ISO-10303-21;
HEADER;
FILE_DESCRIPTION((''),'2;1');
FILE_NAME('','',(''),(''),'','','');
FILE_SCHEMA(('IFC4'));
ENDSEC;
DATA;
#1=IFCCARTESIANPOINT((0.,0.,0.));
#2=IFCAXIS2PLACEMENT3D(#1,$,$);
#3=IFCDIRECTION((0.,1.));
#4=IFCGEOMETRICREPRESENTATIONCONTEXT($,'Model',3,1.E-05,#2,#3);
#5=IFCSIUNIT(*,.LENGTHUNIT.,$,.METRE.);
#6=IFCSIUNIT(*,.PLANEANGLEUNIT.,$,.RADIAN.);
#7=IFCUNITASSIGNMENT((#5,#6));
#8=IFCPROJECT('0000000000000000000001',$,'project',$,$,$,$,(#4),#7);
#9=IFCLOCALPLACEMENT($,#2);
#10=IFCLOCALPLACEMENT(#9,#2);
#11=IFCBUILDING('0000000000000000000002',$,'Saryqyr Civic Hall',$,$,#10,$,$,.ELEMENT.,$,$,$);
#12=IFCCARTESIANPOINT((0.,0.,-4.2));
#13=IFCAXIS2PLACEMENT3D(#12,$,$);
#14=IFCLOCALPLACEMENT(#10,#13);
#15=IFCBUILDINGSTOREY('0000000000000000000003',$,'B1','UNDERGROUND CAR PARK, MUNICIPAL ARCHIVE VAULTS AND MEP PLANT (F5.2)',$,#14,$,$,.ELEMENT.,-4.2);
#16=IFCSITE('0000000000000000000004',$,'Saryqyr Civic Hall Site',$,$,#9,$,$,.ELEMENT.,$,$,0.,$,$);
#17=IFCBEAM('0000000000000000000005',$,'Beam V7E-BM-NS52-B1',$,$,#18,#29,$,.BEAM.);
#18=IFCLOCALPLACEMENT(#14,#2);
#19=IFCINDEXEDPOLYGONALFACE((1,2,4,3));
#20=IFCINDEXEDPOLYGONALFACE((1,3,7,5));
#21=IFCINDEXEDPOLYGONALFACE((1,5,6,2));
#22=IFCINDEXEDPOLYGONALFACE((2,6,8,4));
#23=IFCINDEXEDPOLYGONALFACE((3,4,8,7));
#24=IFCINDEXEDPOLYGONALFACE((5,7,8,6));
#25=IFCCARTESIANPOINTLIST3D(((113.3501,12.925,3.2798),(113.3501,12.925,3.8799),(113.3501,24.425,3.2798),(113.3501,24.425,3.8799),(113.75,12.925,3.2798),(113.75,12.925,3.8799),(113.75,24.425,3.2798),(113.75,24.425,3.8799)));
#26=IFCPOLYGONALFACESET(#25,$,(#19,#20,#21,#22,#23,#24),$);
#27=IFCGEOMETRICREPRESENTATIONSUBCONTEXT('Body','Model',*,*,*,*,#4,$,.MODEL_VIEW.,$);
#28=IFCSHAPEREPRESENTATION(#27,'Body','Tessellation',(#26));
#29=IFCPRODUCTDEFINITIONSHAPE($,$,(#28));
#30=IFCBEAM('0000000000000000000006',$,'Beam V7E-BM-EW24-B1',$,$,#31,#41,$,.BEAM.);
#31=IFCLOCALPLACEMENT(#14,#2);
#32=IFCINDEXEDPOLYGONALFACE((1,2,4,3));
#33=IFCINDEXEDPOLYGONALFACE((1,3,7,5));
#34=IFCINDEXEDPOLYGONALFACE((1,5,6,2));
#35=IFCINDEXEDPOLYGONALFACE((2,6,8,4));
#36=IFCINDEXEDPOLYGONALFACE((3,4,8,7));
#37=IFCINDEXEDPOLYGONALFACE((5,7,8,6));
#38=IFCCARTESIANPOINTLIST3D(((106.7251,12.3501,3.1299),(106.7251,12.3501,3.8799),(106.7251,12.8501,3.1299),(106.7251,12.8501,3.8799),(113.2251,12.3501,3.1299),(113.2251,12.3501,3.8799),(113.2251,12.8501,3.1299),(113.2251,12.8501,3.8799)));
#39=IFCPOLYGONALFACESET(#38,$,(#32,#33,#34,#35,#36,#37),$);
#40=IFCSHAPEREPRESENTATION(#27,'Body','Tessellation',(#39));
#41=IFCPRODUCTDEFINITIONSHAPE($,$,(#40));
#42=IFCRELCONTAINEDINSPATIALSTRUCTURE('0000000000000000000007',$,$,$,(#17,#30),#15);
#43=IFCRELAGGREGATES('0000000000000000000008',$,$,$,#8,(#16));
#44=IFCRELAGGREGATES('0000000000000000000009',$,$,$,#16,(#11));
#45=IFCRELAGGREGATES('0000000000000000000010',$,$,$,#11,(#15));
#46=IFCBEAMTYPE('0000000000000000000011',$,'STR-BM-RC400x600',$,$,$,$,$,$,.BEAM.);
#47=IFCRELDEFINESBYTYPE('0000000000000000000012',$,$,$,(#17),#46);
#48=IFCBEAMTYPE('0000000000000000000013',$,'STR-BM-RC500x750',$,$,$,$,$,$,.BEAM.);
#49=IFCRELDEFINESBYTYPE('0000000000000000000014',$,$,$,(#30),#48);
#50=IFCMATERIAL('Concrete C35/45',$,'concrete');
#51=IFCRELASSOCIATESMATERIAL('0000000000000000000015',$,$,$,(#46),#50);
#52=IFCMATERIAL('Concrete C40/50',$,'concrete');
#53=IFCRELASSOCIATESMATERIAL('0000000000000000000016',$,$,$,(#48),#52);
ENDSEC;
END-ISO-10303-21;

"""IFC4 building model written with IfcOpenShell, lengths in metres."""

from ifc_helpers import new_model, si_unit, direction, frame, origin, origin_2d, place, context, subcontext, project, spatial, rectangle, extrude, material, material_profile, profile_set, type_object, element, save


model = new_model("IFC4")

# Units and contexts
model_context = context("Model", 3, precision=1e-05, world=origin(), true_north=direction((0.0, 1.0)))
body_context = subcontext(model_context, "Body", "Model", "MODEL_VIEW")
ifc_project = project(units=[si_unit("LENGTHUNIT", "METRE"), si_unit("PLANEANGLEUNIT", "RADIAN")], contexts=[model_context])

# Site, building, storey
site_placement = place(None, origin())
site = spatial("IfcSite", under=ifc_project, at=site_placement, Name="Saryqyr Civic Hall Site", CompositionType="ELEMENT", RefElevation=0.0)
building_placement = place(site_placement, origin())
building = spatial("IfcBuilding", under=site, at=building_placement, Name="Saryqyr Civic Hall", CompositionType="ELEMENT")
storey_placement = place(building_placement, frame((0.0, 0.0, -4.2)))
storey = spatial("IfcBuildingStorey", under=building, at=storey_placement, Name="B1", Description="UNDERGROUND CAR PARK, MUNICIPAL ARCHIVE VAULTS AND MEP PLANT (F5.2)", CompositionType="ELEMENT", Elevation=-4.2)

# Shared definitions
ifc_material_1 = material(Name="Concrete C35/45", Category="concrete")

# Shared definitions
ifc_material_2 = material(Name="Concrete C40/50", Category="concrete")

# Beams
ifc_material_profile_1 = material_profile(ifc_material_1, rectangle(XDim=0.3999, YDim=0.6001, at=origin_2d()), Name="RC 400x600")
ifc_profile_set_1 = profile_set([ifc_material_profile_1], Name="Concrete C35/45")
beam_type_1 = type_object("IfcBeamType", Name="STR-BM-RC400x600", PredefinedType="BEAM", material=ifc_profile_set_1)
for number, where, z_axis, x_axis, name in (
    (1, (113.55, 12.925, 3.5798), (0.0, 1.0, 0.0), (-1.0, 0.0, 0.0), "Beam V7E-BM-NS52-B1"),
):
    element("IfcBeam", number, at=place(storey_placement, frame(where, z_axis=z_axis, x_axis=x_axis)), inside=storey, type_object=beam_type_1, Name=name, PredefinedType="BEAM", context=body_context, shape_type="SweptSolid", body=[
        extrude(rectangle(XDim=0.3999, YDim=0.6001, at=origin_2d()), origin(), (0.0, 0.0, 1.0), 11.5),
    ])
ifc_material_profile_2 = material_profile(ifc_material_2, rectangle(XDim=0.5, YDim=0.75, at=origin_2d()), Name="RC 500x750")
ifc_profile_set_2 = profile_set([ifc_material_profile_2], Name="Concrete C40/50")
beam_type_2 = type_object("IfcBeamType", Name="STR-BM-RC500x750", PredefinedType="BEAM", material=ifc_profile_set_2)
beam_placement = place(storey_placement, frame((106.7251, 12.6001, 3.5049), z_axis=(1.0, 0.0, 0.0), x_axis=(0.0, 1.0, 0.0)))
element("IfcBeam", 2, at=beam_placement, inside=storey, type_object=beam_type_2, Name="Beam V7E-BM-EW24-B1", PredefinedType="BEAM", context=body_context, shape_type="SweptSolid", body=[
    extrude(rectangle(XDim=0.5, YDim=0.75, at=origin_2d()), origin(), (0.0, 0.0, 1.0), 6.5),
])

save(model, "model.ifc")
